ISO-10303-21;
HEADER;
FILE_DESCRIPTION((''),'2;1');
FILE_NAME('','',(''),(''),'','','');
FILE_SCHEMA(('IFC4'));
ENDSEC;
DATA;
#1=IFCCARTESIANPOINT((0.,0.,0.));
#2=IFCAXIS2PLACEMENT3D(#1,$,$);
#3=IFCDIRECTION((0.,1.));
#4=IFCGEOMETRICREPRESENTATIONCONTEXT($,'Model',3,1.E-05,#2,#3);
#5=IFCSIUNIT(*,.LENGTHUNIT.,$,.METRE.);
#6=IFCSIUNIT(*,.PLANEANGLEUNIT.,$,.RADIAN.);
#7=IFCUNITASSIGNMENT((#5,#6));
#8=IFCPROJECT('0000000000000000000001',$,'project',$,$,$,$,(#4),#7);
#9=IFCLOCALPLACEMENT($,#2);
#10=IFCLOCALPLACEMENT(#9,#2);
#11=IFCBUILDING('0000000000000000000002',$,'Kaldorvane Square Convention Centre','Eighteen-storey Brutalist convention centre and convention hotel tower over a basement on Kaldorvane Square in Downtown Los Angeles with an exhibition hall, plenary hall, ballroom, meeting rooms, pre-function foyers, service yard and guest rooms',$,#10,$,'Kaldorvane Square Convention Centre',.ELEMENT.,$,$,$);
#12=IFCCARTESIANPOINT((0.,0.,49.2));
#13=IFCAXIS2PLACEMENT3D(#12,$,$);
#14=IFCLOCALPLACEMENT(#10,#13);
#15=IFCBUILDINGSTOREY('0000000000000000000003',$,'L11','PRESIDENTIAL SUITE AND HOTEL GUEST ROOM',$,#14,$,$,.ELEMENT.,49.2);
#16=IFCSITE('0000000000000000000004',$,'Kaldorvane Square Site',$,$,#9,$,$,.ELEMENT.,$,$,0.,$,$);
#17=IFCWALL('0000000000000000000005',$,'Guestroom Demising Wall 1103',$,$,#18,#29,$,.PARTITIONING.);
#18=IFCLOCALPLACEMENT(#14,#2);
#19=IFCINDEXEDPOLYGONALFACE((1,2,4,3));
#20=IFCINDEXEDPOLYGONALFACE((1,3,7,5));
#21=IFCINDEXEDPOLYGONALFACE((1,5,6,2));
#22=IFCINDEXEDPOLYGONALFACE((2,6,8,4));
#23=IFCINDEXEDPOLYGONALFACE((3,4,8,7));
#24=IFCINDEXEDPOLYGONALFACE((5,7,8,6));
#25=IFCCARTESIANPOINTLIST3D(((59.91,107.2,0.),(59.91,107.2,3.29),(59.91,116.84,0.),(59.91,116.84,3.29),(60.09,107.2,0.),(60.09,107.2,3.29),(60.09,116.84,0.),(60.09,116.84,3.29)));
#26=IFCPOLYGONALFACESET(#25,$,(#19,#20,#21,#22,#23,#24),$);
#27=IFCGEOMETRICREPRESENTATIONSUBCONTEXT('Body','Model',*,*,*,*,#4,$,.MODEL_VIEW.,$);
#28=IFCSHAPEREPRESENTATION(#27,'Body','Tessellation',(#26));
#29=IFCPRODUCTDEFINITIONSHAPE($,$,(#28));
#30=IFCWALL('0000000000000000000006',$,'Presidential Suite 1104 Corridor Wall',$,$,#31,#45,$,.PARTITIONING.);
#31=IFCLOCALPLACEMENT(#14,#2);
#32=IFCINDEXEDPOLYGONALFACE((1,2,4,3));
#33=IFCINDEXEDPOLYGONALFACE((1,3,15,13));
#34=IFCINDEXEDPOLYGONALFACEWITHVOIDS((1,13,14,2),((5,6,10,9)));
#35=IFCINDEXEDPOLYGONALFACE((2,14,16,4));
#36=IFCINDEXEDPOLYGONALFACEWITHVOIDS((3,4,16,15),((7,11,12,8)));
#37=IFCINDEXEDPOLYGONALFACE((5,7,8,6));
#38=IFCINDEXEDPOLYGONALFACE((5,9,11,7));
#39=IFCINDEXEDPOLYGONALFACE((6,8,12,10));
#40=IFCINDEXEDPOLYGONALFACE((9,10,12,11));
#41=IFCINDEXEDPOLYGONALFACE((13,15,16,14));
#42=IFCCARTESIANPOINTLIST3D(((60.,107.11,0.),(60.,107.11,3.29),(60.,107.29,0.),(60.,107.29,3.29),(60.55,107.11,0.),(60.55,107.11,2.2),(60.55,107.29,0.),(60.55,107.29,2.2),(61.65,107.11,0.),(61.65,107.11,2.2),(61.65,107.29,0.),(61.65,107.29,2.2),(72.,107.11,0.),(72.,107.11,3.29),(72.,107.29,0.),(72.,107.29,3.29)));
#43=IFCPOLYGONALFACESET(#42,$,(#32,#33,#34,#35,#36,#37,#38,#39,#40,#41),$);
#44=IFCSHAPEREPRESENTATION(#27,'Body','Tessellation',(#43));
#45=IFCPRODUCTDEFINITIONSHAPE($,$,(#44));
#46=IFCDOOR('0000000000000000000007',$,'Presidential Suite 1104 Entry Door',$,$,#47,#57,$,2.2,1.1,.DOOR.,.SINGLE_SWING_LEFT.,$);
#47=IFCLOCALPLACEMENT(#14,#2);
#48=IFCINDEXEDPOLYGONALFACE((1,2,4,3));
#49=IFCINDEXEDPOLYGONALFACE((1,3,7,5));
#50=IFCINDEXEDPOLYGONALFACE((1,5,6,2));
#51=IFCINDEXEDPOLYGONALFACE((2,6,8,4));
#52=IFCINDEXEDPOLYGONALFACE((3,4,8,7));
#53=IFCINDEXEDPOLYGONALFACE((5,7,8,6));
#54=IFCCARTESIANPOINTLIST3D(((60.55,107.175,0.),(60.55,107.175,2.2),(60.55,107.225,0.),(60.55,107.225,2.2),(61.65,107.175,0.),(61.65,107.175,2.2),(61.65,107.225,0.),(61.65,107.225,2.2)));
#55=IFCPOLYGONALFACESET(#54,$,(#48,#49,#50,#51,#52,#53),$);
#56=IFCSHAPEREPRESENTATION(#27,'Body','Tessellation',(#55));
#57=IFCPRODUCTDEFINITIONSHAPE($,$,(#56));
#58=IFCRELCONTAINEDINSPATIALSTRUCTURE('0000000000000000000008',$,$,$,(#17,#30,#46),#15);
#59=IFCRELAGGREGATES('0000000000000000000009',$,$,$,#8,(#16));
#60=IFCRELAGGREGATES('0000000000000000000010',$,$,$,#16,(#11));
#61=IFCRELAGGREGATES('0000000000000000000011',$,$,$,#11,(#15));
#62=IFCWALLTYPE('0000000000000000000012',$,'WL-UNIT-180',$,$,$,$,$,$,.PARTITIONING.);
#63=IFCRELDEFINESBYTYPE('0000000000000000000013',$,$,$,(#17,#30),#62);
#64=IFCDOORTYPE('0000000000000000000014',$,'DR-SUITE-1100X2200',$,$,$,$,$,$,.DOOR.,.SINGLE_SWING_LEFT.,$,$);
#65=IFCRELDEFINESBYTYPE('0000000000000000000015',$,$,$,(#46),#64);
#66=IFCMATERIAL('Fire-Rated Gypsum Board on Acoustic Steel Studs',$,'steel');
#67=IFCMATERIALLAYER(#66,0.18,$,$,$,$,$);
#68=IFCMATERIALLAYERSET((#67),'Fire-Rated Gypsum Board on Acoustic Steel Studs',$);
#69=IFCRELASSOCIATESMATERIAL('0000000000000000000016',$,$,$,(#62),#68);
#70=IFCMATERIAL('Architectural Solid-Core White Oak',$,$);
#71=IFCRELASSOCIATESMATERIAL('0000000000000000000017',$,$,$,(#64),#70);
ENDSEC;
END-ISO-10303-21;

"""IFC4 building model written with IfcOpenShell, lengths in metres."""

from ifc_helpers import new_model, si_unit, direction, frame, frame_2d, origin, place, context, subcontext, project, spatial, rectangle, extrude, material, layer, layer_set, type_object, element, fill, save


model = new_model("IFC4")

# Units and contexts
model_context = context("Model", 3, precision=1e-05, world=origin(), true_north=direction((0.0, 1.0)))
body_context = subcontext(model_context, "Body", "Model", "MODEL_VIEW")
ifc_project = project(units=[si_unit("LENGTHUNIT", "METRE"), si_unit("PLANEANGLEUNIT", "RADIAN")], contexts=[model_context])

# Site, building, storey
site_placement = place(None, origin())
site = spatial("IfcSite", under=ifc_project, at=site_placement, Name="Kaldorvane Square Site", CompositionType="ELEMENT", RefElevation=0.0)
building_placement = place(site_placement, origin())
building = spatial("IfcBuilding", under=site, at=building_placement, Name="Kaldorvane Square Convention Centre", Description="Eighteen-storey Brutalist convention centre and convention hotel tower over a basement on Kaldorvane Square in Downtown Los Angeles with an exhibition hall, plenary hall, ballroom, meeting rooms, pre-function foyers, service yard and guest rooms", LongName="Kaldorvane Square Convention Centre", CompositionType="ELEMENT")
storey_placement = place(building_placement, frame((0.0, 0.0, 49.2)))
storey = spatial("IfcBuildingStorey", under=building, at=storey_placement, Name="L11", Description="PRESIDENTIAL SUITE AND HOTEL GUEST ROOM", CompositionType="ELEMENT", Elevation=49.2)

# Shared definitions
ifc_material_1 = material(Name="Fire-Rated Gypsum Board on Acoustic Steel Studs", Category="steel")
ifc_material_2 = material(Name="Architectural Solid-Core White Oak")

# Wall
ifc_layer_1 = layer(ifc_material_1, 0.18)
ifc_layer_set_1 = layer_set([ifc_layer_1], Name="Fire-Rated Gypsum Board on Acoustic Steel Studs")
wall_type_1 = type_object("IfcWallType", Name="WL-UNIT-180", PredefinedType="PARTITIONING", material=ifc_layer_set_1)
wall_1_placement = place(storey_placement, frame((60.0, 107.2, 0.0), z_axis=(0.0, 0.0, 1.0), x_axis=(0.0, 1.0, 0.0)))
element("IfcWall", 1, at=wall_1_placement, inside=storey, type_object=wall_type_1, Name="Guestroom Demising Wall 1103", PredefinedType="PARTITIONING", context=body_context, shape_type="SweptSolid", body=[
    extrude(rectangle(XDim=9.64, YDim=0.18, at=frame_2d((4.82, 0.0))), origin(), (0.0, 0.0, 1.0), 3.29),
])

# Wall, opening, door
wall_2_placement = place(storey_placement, frame((60.0, 107.2, 0.0), z_axis=(0.0, 0.0, 1.0), x_axis=(1.0, 0.0, 0.0)))
wall_2 = element("IfcWall", 2, at=wall_2_placement, inside=storey, type_object=wall_type_1, Name="Presidential Suite 1104 Corridor Wall", PredefinedType="PARTITIONING", context=body_context, shape_type="SweptSolid", body=[
    extrude(rectangle(XDim=12.0, YDim=0.18, at=frame_2d((6.0, 0.0))), origin(), (0.0, 0.0, 1.0), 3.29),
])
opening_1_placement = place(wall_2_placement, frame((0.55, 0.0, 0.0)))
opening_1 = element("IfcOpeningElement", 3, at=opening_1_placement, cuts=wall_2, PredefinedType="OPENING", context=body_context, shape_type="SweptSolid", body=[
    extrude(rectangle(XDim=1.1, YDim=2.2, at=frame_2d((0.55, 1.1))), frame((0.0, 0.105, 0.0), z_axis=(0.0, -1.0, 0.0), x_axis=(1.0, 0.0, 0.0)), (0.0, 0.0, 1.0), 0.21),
])
door_type_1 = type_object("IfcDoorType", Name="DR-SUITE-1100X2200", OperationType="SINGLE_SWING_LEFT", PredefinedType="DOOR", material=ifc_material_2)
door_1_placement = place(opening_1_placement, origin())
door_1 = element("IfcDoor", 4, at=door_1_placement, inside=storey, type_object=door_type_1, Name="Presidential Suite 1104 Entry Door", OperationType="SINGLE_SWING_LEFT", OverallHeight=2.2, OverallWidth=1.1, PredefinedType="DOOR", context=body_context, shape_type="SweptSolid", body=[
    extrude(rectangle(XDim=1.1, YDim=2.2, at=frame_2d((0.55, 1.1))), frame((0.0, 0.025, 0.0), z_axis=(0.0, -1.0, 0.0), x_axis=(1.0, 0.0, 0.0)), (0.0, 0.0, 1.0), 0.05),
])
fill(opening_1, door_1)

save(model, "model.ifc")
